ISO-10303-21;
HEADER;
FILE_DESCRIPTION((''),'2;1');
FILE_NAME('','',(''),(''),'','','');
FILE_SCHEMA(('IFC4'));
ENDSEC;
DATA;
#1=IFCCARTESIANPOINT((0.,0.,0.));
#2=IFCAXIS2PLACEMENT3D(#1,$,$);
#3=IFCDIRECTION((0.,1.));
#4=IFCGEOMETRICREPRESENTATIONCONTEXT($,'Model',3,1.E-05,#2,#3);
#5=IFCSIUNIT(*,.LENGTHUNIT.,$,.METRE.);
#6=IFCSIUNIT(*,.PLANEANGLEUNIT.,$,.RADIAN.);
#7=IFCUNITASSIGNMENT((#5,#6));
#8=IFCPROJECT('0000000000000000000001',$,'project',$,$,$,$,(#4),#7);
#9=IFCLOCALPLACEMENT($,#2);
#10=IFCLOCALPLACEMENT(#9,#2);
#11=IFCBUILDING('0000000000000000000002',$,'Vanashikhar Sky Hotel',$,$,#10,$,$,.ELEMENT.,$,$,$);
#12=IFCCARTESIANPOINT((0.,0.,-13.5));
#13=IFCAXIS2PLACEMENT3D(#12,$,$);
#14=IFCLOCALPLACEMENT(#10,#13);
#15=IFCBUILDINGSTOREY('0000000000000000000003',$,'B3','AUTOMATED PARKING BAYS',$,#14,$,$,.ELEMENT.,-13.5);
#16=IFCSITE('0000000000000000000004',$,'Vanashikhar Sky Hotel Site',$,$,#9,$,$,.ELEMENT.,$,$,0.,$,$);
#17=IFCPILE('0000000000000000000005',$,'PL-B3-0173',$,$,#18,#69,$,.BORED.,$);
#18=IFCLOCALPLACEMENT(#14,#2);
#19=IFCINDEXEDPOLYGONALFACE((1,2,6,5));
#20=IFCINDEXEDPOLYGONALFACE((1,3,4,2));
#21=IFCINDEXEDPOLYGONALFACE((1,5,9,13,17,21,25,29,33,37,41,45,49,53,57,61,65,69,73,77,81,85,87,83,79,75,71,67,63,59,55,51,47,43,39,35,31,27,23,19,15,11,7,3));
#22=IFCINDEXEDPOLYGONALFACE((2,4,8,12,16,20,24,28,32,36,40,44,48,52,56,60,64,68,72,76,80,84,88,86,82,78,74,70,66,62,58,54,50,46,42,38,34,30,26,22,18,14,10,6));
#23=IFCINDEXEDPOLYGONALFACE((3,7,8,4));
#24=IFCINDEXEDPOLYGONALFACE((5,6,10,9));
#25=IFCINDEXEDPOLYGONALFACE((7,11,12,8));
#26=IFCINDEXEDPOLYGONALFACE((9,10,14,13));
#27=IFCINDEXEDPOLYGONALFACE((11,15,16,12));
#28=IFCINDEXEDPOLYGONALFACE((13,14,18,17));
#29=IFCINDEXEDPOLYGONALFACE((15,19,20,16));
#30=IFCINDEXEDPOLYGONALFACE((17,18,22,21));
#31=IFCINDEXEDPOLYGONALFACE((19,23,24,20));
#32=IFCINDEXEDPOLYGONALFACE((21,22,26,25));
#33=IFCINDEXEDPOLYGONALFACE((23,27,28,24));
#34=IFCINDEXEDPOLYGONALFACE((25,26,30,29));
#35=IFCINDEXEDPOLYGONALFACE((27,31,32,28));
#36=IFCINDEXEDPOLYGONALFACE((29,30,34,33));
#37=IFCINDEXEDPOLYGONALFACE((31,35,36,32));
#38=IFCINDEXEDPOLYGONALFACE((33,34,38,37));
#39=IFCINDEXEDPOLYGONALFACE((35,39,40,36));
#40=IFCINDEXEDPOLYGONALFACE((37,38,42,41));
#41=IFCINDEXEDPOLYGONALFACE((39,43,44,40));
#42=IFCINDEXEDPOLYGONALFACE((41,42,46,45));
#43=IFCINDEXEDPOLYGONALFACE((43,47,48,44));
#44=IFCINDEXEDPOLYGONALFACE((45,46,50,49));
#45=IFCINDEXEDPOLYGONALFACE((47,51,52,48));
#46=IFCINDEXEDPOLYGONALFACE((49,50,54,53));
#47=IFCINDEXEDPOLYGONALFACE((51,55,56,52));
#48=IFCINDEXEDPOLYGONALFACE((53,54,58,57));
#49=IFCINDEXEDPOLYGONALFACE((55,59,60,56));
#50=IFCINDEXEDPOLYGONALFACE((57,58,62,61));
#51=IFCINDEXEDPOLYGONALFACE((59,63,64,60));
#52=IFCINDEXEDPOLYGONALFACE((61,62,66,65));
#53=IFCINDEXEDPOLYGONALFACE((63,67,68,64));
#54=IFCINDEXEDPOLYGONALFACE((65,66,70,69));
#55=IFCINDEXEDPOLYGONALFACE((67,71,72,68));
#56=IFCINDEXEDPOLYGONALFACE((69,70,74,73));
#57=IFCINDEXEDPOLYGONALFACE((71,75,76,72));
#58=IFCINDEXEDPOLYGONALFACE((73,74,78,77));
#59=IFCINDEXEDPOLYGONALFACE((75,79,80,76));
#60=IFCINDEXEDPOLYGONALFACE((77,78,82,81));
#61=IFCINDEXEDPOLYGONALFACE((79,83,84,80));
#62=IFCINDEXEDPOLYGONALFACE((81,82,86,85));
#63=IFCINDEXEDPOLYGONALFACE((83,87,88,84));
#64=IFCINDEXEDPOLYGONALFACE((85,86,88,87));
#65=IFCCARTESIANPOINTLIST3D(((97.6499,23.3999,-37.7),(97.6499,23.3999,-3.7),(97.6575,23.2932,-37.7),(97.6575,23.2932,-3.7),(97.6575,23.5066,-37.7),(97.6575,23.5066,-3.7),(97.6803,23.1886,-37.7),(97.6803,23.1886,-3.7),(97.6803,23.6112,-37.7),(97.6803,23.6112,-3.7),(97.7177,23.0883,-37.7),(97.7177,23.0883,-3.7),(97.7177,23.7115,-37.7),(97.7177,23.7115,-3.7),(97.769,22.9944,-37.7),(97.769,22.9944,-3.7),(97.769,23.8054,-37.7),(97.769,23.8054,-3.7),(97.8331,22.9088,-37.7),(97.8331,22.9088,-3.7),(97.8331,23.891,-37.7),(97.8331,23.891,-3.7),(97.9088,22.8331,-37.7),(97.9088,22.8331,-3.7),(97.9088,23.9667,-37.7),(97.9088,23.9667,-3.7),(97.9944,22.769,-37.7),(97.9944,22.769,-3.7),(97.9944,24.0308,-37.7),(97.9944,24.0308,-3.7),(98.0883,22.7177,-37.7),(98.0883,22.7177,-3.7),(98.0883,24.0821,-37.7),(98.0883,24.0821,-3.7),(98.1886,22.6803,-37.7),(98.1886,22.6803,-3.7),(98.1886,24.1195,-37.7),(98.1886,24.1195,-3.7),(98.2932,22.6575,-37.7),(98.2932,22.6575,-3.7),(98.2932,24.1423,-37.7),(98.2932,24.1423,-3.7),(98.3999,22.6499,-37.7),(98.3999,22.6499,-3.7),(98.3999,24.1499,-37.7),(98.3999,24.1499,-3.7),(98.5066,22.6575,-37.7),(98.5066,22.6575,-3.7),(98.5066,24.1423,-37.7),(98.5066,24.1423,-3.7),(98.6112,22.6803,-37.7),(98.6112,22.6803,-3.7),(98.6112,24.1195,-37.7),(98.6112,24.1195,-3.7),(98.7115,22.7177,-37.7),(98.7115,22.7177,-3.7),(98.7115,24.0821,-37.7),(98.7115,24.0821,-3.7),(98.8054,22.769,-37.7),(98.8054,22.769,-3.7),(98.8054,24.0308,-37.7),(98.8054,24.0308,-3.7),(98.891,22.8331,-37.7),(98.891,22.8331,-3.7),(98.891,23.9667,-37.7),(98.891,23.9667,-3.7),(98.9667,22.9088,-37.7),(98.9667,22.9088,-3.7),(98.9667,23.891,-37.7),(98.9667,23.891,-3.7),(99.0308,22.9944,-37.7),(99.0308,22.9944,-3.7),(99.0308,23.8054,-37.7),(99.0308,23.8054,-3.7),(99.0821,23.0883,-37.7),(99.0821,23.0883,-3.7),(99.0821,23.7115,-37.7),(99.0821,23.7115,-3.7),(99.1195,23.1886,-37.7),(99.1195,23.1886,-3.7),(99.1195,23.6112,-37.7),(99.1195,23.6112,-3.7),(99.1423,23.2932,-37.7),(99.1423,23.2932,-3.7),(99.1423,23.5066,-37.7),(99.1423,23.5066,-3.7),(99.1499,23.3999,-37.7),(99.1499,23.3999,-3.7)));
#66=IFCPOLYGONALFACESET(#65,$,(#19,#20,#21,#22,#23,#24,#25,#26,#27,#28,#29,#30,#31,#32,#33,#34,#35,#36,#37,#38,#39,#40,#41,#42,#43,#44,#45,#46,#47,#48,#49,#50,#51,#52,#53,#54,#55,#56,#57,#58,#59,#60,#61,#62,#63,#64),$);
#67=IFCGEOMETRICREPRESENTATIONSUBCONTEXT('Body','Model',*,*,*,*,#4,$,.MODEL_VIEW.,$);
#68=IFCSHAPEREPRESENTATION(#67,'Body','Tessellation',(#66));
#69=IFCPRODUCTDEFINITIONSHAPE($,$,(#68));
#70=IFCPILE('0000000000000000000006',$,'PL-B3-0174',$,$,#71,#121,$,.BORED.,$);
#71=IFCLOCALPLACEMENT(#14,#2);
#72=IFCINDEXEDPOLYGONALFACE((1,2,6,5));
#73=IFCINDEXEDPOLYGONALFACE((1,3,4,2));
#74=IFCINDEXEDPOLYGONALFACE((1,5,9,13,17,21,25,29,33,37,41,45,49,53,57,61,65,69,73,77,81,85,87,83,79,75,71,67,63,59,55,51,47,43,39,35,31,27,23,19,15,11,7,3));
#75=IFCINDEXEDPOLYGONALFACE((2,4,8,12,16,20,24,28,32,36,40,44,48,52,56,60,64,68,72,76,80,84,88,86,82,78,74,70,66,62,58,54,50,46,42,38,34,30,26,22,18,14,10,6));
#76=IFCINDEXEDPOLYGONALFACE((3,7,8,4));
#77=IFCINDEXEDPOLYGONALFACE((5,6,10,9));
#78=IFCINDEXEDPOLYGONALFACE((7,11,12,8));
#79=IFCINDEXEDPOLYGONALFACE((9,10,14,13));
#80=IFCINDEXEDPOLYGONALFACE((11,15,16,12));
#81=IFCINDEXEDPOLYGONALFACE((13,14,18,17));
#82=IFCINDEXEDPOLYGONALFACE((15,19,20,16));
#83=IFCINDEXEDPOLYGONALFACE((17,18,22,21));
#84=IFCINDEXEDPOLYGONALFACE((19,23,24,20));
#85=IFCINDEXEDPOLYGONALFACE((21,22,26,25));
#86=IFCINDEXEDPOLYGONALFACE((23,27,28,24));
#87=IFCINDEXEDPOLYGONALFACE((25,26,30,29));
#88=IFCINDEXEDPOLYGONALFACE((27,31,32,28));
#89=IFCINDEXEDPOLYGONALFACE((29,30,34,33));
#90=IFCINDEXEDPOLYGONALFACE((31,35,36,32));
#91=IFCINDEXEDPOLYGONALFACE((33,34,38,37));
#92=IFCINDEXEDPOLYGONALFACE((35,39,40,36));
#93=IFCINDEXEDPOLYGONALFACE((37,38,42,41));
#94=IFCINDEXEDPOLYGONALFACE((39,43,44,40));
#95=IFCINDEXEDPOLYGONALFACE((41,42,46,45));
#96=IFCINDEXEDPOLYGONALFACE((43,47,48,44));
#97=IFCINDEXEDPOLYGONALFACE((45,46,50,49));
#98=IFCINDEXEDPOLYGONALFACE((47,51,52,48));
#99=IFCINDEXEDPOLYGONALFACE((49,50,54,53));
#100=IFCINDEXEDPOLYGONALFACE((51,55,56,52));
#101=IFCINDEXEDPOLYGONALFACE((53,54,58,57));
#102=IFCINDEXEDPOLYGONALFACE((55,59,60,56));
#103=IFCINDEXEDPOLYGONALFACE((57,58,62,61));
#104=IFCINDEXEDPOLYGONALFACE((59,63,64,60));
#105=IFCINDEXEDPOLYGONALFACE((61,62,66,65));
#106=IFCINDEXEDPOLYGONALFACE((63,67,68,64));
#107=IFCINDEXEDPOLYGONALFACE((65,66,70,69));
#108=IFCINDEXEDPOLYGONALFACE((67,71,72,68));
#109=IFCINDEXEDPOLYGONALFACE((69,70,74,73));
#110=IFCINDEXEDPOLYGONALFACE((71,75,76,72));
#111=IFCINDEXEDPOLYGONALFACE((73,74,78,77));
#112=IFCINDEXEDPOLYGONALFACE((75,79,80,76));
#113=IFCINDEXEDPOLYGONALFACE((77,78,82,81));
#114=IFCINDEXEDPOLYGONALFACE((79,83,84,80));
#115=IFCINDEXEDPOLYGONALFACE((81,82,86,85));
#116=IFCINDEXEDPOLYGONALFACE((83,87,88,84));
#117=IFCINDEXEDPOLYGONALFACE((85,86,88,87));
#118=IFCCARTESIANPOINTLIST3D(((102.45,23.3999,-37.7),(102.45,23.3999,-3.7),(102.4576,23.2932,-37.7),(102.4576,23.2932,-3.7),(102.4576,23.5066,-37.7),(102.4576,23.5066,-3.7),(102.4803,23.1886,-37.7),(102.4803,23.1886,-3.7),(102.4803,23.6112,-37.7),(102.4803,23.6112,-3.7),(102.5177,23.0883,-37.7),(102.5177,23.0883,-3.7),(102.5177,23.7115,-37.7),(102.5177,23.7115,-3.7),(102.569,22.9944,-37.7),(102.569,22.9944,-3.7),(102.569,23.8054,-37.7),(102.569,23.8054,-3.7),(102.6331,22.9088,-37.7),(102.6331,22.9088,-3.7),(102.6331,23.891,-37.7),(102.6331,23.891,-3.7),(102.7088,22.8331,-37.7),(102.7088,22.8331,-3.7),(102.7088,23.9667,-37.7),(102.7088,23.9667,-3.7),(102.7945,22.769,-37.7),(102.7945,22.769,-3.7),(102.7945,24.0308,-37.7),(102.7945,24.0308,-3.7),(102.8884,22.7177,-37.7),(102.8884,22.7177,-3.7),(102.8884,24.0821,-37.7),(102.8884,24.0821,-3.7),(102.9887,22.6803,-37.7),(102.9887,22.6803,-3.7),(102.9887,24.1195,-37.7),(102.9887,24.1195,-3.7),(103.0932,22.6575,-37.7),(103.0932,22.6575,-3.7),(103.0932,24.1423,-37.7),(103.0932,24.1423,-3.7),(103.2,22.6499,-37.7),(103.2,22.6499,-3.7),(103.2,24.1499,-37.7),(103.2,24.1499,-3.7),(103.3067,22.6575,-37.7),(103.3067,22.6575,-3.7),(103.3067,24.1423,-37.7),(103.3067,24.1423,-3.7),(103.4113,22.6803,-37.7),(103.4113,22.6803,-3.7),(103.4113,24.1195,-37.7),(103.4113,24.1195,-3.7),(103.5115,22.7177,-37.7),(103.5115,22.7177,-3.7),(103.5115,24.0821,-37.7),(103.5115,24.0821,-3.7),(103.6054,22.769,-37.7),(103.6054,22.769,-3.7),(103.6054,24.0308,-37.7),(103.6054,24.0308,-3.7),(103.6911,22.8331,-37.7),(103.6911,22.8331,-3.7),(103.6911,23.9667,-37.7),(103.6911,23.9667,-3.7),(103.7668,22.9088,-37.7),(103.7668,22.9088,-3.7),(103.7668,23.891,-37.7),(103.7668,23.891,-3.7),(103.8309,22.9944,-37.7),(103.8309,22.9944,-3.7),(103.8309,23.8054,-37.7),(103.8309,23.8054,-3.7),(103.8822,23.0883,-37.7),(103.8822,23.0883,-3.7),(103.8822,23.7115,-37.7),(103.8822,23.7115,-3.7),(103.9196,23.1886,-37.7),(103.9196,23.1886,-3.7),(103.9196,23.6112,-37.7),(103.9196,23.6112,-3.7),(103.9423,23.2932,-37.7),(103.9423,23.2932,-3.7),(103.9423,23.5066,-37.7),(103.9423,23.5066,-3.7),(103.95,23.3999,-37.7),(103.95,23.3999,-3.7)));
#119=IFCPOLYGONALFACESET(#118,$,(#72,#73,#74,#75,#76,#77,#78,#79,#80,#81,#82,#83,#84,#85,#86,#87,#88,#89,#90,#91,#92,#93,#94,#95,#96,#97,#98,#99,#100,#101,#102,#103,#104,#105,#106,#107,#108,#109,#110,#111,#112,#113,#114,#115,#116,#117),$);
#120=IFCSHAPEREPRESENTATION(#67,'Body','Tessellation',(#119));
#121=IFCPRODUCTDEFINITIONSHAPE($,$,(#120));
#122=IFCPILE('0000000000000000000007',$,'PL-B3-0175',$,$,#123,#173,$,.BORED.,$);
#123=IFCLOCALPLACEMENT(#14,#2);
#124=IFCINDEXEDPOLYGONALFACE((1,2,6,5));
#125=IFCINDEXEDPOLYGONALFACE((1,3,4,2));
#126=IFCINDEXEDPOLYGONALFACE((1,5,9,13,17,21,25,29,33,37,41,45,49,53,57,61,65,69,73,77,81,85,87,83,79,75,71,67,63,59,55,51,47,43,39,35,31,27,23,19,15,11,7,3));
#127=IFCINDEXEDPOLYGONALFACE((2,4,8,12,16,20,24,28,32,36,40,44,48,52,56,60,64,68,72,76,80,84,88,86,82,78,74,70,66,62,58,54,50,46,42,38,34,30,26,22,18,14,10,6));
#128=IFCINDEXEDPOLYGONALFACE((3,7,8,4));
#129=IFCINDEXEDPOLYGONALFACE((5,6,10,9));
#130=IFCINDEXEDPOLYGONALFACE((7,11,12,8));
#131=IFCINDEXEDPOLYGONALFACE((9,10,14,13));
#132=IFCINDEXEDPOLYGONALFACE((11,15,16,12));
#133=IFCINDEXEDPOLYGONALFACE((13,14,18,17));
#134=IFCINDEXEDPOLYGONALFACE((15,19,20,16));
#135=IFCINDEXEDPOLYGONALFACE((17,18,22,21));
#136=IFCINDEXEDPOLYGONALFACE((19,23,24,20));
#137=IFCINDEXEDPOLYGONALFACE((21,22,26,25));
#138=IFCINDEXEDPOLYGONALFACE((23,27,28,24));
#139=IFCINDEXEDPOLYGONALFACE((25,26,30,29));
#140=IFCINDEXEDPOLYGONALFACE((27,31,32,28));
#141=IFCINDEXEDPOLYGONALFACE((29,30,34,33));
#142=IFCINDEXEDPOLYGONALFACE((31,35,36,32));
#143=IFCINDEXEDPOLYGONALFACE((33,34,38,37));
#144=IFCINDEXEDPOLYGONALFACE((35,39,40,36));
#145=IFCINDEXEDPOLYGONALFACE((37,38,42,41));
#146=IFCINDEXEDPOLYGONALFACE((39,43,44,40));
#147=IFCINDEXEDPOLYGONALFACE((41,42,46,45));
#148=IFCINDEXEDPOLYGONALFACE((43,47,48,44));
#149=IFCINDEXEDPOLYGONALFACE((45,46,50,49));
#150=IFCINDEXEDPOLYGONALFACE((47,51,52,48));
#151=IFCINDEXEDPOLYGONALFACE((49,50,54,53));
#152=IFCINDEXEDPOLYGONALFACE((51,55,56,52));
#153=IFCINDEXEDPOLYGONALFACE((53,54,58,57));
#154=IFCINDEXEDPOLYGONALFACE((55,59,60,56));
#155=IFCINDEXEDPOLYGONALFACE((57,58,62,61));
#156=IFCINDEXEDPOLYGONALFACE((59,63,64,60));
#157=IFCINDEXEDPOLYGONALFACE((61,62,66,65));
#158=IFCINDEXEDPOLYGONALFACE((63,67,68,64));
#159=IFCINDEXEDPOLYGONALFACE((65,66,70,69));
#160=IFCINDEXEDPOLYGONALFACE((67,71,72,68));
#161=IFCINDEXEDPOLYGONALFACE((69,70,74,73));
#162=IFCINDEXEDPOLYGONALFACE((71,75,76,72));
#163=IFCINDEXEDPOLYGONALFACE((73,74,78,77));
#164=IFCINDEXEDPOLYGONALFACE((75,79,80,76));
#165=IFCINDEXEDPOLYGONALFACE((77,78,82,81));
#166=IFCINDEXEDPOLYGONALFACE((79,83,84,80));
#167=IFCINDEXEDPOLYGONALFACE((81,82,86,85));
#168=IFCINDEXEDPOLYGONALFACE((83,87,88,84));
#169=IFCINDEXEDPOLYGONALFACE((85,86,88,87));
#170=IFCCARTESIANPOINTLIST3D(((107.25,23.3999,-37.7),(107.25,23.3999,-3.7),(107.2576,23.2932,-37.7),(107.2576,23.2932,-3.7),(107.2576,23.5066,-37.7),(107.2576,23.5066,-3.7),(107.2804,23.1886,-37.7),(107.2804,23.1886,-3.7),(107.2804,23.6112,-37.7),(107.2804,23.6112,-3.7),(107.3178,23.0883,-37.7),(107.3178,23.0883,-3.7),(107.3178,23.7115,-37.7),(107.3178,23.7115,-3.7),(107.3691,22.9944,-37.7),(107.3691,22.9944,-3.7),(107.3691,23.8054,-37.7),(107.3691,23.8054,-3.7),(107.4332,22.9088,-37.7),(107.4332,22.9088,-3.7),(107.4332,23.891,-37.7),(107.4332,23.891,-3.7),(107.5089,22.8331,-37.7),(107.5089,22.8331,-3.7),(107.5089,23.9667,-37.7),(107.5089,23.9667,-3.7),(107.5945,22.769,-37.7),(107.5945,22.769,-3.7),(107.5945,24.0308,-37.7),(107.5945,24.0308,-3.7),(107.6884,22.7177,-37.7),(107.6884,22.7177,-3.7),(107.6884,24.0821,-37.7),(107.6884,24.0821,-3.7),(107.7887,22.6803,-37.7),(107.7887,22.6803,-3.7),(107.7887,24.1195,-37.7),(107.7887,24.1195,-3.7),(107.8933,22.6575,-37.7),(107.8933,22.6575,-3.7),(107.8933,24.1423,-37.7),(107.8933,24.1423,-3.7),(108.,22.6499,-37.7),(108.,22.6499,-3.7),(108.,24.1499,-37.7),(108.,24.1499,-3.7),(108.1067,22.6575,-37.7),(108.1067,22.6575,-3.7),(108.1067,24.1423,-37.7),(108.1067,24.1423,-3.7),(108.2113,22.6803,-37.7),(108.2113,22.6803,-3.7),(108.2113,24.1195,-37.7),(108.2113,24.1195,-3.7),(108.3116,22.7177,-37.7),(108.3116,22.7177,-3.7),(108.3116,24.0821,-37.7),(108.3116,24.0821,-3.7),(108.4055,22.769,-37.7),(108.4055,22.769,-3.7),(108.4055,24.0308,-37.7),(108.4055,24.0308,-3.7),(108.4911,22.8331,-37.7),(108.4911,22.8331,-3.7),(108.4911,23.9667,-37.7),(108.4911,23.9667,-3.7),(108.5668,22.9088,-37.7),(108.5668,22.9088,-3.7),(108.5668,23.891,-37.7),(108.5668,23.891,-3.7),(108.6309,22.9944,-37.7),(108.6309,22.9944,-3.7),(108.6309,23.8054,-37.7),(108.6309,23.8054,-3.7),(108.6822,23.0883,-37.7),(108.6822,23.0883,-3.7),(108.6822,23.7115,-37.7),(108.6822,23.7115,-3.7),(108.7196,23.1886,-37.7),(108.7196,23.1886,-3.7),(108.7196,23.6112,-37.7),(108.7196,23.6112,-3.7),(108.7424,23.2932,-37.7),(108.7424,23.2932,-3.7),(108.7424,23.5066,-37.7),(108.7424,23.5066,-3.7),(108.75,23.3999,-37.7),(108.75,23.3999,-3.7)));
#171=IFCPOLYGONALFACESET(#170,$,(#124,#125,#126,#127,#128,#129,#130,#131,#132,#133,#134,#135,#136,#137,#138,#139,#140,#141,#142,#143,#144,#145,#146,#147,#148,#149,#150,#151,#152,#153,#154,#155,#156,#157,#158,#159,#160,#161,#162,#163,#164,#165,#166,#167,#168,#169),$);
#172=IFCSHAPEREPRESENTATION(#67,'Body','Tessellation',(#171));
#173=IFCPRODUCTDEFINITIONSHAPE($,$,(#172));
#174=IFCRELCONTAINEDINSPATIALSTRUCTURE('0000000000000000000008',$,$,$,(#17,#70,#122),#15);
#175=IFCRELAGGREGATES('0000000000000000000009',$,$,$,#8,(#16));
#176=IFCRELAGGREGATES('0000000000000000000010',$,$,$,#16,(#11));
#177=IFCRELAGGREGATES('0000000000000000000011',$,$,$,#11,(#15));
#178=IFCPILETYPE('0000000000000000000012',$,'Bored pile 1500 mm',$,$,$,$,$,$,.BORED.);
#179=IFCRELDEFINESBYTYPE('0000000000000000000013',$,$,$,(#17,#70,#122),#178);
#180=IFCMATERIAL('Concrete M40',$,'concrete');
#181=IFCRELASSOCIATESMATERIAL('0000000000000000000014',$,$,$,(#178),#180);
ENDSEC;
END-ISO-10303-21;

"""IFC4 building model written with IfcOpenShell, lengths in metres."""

from ifc_helpers import new_model, si_unit, direction, frame, origin, origin_2d, place, context, subcontext, project, spatial, circle, extrude, source, transform, mapped, material, type_object, element, save


model = new_model("IFC4")

# Units and contexts
model_context = context("Model", 3, precision=1e-05, world=origin(), true_north=direction((0.0, 1.0)))
body_context = subcontext(model_context, "Body", "Model", "MODEL_VIEW")
ifc_project = project(units=[si_unit("LENGTHUNIT", "METRE"), si_unit("PLANEANGLEUNIT", "RADIAN")], contexts=[model_context])

# Site, building, storey
site_placement = place(None, origin())
site = spatial("IfcSite", under=ifc_project, at=site_placement, Name="Vanashikhar Sky Hotel Site", CompositionType="ELEMENT", RefElevation=0.0)
building_placement = place(site_placement, origin())
building = spatial("IfcBuilding", under=site, at=building_placement, Name="Vanashikhar Sky Hotel", CompositionType="ELEMENT")
storey_placement = place(building_placement, frame((0.0, 0.0, -13.5)))
storey = spatial("IfcBuildingStorey", under=building, at=storey_placement, Name="B3", Description="AUTOMATED PARKING BAYS", CompositionType="ELEMENT", Elevation=-13.5)

# Piles
ifc_material_1 = material(Name="Concrete M40", Category="concrete")
pile_type_1 = type_object("IfcPileType", Name="Bored pile 1500 mm", PredefinedType="BORED", material=ifc_material_1)
shared_shape_1 = source(origin(), body_context, "Body", "SweptSolid", [
    extrude(circle(Radius=0.75, at=origin_2d()), origin(), (0.0, 0.0, 1.0), 34.0),
])
for number, where, z_axis, x_axis, name in (
    (1, (98.3999, 23.3999, -3.7), (0.0, 0.0, -1.0), (1.0, 0.0, 0.0), "PL-B3-0173"),
    (2, (103.2, 23.3999, -3.7), (0.0, 0.0, -1.0), (1.0, 0.0, 0.0), "PL-B3-0174"),
    (3, (108.0, 23.3999, -3.7), (0.0, 0.0, -1.0), (1.0, 0.0, 0.0), "PL-B3-0175"),
):
    element("IfcPile", number, at=place(storey_placement, frame(where, z_axis=z_axis, x_axis=x_axis)), inside=storey, type_object=pile_type_1, Name=name, PredefinedType="BORED", context=body_context, shape_type="MappedRepresentation", body=[
        mapped(shared_shape_1, transform((0.0, 0.0, 0.0), scale=1.0)),
    ])

save(model, "model.ifc")
